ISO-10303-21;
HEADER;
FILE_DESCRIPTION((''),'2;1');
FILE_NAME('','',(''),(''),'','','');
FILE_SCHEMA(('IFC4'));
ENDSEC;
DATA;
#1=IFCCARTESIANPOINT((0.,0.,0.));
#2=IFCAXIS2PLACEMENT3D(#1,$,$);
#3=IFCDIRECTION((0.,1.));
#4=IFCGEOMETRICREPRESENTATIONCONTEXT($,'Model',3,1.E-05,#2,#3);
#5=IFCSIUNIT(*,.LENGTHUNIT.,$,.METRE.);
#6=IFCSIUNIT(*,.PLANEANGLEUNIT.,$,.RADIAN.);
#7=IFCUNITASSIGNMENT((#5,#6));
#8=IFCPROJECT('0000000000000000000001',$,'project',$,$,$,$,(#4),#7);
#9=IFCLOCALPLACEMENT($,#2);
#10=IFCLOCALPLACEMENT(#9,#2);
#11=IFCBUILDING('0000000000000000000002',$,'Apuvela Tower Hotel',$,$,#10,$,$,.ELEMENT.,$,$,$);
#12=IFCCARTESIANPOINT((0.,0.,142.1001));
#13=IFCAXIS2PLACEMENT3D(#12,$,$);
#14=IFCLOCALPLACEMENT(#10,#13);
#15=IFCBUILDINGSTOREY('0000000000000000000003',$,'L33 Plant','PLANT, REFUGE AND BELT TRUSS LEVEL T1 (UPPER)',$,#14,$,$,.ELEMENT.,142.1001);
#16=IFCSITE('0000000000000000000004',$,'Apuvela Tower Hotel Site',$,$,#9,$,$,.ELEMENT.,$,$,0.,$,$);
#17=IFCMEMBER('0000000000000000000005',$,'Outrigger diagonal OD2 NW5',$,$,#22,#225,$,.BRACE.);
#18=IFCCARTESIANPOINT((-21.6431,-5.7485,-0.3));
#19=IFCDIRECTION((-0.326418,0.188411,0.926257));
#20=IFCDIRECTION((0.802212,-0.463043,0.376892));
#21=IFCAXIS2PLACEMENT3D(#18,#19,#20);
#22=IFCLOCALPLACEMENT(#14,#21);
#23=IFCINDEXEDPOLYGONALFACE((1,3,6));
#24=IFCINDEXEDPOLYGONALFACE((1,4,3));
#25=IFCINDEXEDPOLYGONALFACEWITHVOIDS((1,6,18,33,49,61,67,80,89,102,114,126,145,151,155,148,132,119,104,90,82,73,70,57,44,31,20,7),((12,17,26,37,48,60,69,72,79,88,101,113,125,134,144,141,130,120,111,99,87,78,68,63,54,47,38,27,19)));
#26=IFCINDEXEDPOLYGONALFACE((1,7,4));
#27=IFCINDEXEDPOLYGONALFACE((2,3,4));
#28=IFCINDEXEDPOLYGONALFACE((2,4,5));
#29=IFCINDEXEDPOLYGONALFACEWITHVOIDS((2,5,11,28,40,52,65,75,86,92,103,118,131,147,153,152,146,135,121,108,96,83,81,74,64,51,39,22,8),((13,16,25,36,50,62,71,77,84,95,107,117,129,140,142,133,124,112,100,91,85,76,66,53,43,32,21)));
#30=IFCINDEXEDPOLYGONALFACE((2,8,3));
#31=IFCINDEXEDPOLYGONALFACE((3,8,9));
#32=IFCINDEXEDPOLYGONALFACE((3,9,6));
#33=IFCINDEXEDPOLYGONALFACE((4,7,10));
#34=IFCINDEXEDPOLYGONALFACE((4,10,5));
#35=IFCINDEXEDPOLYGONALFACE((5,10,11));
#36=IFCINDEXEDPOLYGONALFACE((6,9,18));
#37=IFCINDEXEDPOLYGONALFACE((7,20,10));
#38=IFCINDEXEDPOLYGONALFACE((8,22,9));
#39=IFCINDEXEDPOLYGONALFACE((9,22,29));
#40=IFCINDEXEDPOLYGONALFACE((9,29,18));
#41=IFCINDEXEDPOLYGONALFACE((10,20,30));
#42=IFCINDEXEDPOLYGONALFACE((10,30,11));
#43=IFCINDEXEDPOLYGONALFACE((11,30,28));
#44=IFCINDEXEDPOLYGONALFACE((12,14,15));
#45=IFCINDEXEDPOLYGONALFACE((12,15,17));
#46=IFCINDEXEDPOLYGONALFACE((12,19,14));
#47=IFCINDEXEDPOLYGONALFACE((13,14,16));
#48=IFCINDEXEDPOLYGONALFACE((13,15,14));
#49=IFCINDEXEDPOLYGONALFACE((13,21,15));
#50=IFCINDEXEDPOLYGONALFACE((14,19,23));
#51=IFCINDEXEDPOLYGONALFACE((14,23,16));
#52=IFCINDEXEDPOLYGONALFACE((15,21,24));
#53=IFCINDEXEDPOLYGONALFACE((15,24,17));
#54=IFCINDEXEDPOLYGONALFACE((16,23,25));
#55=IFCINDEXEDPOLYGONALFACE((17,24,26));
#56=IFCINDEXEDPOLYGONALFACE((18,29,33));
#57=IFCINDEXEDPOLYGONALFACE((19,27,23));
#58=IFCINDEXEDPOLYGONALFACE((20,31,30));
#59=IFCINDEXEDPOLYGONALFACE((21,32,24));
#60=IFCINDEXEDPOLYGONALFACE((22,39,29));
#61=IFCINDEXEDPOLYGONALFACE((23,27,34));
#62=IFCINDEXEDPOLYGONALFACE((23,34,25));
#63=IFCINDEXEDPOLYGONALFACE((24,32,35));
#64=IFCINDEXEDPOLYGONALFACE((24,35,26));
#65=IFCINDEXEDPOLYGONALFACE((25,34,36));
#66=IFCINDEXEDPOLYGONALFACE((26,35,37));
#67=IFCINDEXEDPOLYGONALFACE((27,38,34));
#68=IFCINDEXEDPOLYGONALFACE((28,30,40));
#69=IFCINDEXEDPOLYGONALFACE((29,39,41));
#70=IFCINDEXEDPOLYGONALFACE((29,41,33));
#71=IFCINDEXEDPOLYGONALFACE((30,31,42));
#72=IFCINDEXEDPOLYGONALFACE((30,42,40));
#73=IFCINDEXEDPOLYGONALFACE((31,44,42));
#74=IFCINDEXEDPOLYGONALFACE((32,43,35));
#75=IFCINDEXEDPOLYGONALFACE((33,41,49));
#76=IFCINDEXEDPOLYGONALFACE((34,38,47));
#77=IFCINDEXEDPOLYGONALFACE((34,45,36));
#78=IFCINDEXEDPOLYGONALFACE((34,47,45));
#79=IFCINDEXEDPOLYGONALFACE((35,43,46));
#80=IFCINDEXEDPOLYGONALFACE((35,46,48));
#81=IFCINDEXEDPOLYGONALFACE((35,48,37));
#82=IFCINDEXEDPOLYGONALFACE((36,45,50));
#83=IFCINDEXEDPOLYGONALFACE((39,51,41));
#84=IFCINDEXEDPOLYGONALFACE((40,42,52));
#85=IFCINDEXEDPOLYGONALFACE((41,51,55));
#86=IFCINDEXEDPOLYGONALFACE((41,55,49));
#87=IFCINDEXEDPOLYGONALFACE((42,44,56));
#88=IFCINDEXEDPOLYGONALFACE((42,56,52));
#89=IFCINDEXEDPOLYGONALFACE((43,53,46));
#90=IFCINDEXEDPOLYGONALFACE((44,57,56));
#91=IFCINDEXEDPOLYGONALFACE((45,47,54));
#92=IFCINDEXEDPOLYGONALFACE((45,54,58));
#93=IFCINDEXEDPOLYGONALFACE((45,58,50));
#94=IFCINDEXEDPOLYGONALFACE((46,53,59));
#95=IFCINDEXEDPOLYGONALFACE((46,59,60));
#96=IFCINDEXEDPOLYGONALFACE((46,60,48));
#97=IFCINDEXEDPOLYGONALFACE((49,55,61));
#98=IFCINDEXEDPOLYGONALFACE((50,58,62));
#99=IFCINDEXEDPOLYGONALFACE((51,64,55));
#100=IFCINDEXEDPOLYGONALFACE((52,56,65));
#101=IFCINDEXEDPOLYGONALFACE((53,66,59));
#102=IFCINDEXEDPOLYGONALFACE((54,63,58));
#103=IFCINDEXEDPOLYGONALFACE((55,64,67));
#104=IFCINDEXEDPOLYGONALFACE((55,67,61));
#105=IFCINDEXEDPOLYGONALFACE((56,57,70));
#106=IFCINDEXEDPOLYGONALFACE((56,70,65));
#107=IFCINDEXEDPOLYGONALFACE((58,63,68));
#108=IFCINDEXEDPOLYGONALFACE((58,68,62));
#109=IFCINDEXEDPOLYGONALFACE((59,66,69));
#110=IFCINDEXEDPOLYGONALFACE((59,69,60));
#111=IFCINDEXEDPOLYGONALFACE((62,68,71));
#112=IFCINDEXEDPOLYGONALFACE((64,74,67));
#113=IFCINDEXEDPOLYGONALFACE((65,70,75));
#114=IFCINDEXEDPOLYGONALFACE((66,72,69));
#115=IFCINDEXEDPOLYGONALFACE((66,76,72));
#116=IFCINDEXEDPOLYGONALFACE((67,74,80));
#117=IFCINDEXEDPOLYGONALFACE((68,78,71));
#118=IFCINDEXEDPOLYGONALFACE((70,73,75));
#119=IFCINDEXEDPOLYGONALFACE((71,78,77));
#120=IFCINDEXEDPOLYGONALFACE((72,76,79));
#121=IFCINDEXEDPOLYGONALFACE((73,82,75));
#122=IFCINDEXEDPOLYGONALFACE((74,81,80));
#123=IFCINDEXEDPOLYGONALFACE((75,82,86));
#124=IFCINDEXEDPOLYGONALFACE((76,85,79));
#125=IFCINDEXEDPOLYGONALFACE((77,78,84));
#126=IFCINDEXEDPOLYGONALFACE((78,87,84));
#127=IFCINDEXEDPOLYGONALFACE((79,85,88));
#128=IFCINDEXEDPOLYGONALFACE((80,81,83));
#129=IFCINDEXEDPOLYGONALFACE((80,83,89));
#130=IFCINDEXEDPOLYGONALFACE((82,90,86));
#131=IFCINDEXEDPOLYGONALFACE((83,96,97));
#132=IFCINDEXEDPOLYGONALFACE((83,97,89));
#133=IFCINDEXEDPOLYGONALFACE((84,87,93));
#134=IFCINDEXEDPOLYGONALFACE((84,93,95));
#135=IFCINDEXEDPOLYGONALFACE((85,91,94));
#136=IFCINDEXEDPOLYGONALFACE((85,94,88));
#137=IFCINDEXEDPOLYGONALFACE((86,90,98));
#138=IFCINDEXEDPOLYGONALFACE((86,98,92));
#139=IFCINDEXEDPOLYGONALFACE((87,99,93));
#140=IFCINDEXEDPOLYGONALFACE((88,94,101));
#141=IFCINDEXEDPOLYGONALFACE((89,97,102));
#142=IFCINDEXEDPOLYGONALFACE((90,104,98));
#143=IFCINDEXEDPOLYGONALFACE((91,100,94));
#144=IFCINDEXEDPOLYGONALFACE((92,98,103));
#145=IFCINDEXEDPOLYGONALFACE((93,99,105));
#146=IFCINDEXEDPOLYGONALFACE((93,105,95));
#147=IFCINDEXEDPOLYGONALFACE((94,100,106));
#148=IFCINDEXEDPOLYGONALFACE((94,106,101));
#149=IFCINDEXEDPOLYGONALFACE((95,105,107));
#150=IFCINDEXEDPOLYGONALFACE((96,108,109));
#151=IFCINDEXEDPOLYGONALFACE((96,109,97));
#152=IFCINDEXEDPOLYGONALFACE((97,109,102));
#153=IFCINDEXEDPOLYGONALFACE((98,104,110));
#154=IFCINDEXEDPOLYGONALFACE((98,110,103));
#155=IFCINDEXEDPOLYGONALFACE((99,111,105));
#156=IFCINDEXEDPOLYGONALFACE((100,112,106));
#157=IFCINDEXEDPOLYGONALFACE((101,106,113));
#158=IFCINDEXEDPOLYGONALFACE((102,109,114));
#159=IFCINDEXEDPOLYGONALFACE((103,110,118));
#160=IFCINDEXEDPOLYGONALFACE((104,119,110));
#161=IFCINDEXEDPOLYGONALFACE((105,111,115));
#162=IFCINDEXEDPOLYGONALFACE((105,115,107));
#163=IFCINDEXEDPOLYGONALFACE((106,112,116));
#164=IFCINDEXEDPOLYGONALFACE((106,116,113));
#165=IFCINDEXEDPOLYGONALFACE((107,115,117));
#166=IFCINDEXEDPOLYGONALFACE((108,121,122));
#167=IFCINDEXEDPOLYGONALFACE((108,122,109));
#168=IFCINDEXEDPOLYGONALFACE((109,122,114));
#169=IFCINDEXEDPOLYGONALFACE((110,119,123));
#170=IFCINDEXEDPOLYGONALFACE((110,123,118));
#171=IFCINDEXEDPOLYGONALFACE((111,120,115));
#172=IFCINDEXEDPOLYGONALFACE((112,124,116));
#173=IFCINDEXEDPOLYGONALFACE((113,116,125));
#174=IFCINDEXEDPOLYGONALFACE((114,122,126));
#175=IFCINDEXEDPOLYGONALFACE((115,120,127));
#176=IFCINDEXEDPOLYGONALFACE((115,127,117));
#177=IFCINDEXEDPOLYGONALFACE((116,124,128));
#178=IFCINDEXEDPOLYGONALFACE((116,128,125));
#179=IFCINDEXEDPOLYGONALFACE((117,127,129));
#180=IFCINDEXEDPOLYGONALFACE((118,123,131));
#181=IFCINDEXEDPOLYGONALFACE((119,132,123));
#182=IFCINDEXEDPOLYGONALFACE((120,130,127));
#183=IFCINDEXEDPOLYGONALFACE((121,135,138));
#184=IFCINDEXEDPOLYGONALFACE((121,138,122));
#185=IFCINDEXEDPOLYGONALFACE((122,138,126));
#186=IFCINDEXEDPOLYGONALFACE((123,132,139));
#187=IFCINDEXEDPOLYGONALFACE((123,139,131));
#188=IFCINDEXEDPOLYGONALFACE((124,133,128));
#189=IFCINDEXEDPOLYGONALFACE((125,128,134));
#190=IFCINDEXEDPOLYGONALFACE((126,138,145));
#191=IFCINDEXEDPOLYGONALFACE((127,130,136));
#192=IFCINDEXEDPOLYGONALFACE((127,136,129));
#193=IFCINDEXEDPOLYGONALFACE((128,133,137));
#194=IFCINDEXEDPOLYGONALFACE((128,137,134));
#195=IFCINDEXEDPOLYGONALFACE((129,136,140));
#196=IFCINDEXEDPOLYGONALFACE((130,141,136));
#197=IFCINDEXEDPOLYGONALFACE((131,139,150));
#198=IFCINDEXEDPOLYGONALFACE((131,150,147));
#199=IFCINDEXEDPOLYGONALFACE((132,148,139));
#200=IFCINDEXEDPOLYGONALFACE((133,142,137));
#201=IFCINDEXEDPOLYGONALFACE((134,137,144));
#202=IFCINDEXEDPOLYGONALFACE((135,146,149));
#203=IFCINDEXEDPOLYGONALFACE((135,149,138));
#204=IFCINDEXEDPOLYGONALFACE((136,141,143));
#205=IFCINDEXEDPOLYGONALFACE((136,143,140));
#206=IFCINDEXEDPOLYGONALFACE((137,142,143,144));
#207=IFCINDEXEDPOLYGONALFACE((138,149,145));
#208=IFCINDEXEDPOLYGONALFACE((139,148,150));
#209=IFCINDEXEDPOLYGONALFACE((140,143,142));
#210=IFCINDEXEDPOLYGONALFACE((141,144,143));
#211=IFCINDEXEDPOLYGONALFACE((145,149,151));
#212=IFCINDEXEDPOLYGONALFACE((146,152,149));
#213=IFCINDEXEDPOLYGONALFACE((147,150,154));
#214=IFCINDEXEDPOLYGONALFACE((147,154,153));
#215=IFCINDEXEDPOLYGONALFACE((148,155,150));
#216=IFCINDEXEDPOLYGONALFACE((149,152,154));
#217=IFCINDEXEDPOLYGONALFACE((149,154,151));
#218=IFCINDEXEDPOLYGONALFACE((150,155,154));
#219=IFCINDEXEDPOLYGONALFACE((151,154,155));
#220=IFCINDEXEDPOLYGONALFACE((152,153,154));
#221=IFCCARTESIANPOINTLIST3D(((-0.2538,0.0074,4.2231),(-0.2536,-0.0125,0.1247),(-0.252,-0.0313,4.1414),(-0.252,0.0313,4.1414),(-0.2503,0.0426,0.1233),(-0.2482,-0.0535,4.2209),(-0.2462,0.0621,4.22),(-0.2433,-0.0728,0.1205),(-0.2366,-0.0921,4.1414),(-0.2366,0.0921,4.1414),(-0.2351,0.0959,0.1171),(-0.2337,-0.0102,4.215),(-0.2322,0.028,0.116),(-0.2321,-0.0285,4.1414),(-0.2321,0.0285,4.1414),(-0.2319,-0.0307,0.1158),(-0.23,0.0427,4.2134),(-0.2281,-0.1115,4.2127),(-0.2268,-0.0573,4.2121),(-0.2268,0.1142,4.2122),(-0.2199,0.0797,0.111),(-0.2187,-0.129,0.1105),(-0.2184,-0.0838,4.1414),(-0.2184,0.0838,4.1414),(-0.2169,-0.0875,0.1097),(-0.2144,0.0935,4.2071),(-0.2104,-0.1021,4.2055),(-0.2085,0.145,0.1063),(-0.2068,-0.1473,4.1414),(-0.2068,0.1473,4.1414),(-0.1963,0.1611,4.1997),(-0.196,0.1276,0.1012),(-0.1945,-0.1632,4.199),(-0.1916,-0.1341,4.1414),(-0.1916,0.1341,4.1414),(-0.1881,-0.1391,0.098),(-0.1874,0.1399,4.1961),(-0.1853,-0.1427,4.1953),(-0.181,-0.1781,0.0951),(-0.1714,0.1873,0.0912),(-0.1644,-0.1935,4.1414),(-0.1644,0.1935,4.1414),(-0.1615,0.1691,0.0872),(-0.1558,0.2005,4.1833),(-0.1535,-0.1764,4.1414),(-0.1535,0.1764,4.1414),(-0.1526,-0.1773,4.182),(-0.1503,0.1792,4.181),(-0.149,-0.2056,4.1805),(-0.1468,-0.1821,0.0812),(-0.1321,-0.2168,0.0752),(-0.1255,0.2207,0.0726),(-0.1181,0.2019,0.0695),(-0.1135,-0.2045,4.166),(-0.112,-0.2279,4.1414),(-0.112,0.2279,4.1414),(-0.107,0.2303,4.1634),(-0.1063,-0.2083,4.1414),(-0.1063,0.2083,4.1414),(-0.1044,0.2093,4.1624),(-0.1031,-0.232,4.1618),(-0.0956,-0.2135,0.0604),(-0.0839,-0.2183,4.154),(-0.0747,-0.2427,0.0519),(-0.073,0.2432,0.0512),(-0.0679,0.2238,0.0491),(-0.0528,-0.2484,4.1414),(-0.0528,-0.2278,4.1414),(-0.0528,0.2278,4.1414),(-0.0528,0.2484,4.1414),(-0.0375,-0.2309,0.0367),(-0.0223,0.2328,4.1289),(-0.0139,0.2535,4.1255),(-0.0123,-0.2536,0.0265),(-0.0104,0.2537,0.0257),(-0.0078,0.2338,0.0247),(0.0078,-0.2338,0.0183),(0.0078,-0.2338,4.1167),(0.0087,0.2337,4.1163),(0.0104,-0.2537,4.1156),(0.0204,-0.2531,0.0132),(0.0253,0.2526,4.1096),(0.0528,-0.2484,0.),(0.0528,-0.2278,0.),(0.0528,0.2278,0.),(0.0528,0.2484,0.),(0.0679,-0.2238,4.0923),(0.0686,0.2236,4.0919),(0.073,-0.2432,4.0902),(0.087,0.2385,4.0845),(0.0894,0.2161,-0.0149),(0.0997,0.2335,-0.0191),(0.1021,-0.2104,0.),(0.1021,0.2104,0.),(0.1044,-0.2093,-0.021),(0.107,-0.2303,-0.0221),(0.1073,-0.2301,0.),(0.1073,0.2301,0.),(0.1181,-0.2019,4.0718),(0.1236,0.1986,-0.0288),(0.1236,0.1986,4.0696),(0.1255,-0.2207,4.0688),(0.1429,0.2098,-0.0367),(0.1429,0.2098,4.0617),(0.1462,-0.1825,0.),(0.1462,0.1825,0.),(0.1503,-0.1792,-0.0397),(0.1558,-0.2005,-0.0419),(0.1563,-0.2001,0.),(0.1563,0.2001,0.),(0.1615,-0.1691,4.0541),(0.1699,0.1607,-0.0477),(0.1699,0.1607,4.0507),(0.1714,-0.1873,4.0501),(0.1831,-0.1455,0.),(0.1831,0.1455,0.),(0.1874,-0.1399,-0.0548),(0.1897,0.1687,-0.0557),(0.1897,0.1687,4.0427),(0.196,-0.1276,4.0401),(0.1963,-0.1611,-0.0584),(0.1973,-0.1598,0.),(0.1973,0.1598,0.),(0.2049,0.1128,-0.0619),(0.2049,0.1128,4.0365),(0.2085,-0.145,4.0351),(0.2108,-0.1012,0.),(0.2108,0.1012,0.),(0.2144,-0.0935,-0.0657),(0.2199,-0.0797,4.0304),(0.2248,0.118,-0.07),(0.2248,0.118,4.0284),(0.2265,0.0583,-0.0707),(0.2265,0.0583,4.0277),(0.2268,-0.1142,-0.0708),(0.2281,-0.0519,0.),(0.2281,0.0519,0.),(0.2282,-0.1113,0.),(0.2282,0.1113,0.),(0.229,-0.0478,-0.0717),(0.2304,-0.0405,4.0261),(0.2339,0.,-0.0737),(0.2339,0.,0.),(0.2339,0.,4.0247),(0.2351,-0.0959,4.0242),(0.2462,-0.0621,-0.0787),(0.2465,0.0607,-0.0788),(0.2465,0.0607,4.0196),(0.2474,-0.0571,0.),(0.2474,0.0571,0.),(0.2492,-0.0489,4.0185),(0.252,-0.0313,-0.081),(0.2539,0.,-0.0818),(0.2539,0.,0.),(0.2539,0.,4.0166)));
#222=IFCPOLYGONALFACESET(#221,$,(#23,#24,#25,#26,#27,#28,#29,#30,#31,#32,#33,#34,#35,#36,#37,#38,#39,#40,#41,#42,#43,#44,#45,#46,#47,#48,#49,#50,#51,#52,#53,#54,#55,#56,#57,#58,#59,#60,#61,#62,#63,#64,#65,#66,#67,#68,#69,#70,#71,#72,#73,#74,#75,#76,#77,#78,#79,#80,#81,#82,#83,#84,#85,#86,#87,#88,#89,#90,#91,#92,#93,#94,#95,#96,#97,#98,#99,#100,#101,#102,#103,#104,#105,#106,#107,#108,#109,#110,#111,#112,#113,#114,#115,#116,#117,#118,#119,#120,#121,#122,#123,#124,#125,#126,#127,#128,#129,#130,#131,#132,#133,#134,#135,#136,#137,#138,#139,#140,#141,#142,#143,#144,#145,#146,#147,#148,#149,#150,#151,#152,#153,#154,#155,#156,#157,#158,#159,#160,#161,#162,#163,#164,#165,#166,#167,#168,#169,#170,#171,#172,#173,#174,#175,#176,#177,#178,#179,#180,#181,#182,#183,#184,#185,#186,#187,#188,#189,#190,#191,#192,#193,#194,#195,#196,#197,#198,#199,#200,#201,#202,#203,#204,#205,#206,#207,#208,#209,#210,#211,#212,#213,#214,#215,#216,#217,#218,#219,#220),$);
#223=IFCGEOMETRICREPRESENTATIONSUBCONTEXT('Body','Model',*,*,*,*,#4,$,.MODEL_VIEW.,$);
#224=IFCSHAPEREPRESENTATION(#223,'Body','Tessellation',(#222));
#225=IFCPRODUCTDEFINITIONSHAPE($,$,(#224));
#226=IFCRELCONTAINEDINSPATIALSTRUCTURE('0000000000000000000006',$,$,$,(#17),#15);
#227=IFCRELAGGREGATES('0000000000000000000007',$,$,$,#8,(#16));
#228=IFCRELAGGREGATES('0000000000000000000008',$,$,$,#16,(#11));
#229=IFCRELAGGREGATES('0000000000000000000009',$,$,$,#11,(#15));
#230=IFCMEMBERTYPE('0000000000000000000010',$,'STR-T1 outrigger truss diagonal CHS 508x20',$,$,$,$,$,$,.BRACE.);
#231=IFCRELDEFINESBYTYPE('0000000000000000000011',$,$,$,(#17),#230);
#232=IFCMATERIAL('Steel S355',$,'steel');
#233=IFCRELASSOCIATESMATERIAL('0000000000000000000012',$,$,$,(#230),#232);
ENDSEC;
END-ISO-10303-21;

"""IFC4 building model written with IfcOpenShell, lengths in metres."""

from ifc_helpers import new_model, si_unit, direction, frame, origin, origin_2d, place, context, subcontext, project, spatial, hollow_circle, extrude, boolean, halfspace, material, material_profile, profile_set, type_object, element, save


model = new_model("IFC4")

# Units and contexts
model_context = context("Model", 3, precision=1e-05, world=origin(), true_north=direction((0.0, 1.0)))
body_context = subcontext(model_context, "Body", "Model", "MODEL_VIEW")
ifc_project = project(units=[si_unit("LENGTHUNIT", "METRE"), si_unit("PLANEANGLEUNIT", "RADIAN")], contexts=[model_context])

# Site, building, storey
site_placement = place(None, origin())
site = spatial("IfcSite", under=ifc_project, at=site_placement, Name="Apuvela Tower Hotel Site", CompositionType="ELEMENT", RefElevation=0.0)
building_placement = place(site_placement, origin())
building = spatial("IfcBuilding", under=site, at=building_placement, Name="Apuvela Tower Hotel", CompositionType="ELEMENT")
storey_placement = place(building_placement, frame((0.0, 0.0, 142.1001)))
storey = spatial("IfcBuildingStorey", under=building, at=storey_placement, Name="L33 Plant", Description="PLANT, REFUGE AND BELT TRUSS LEVEL T1 (UPPER)", CompositionType="ELEMENT", Elevation=142.1001)

# Shared definitions
ifc_material_1 = material(Name="Steel S355", Category="steel")

# Member
ifc_material_profile_1 = material_profile(ifc_material_1, hollow_circle(Radius=0.2539, WallThickness=0.02, at=origin_2d()), Name="CHS 508x20")
ifc_profile_set_1 = profile_set([ifc_material_profile_1], Name="Steel S355")
member_type = type_object("IfcMemberType", Name="STR-T1 outrigger truss diagonal CHS 508x20", PredefinedType="BRACE", material=ifc_profile_set_1)
member_placement = place(storey_placement, frame((-21.6431, -5.7485, -0.3), z_axis=(-0.326418, 0.188411, 0.926257), x_axis=(0.802212, -0.463043, 0.376892)))
solid = boolean("DIFFERENCE", boolean("DIFFERENCE", extrude(hollow_circle(Radius=0.2539, WallThickness=0.02, at=origin_2d()), frame((0.0, 0.0, -0.2234)), (0.0, 0.0, 1.0), 4.5879), halfspace(frame((0.0, 0.0, 0.0215), z_axis=(0.376892, 0.0, 0.926257), x_axis=(0.926257, 0.0, -0.376892)), True)), halfspace(frame((0.0, 0.0, 4.1199), z_axis=(0.376892, 0.0, 0.926257), x_axis=(0.926257, 0.0, -0.376892)), False))
element("IfcMember", 1, at=member_placement, inside=storey, type_object=member_type, Name="Outrigger diagonal OD2 NW5", PredefinedType="BRACE", context=body_context, shape_type="SweptSolid", body=[
    boolean("UNION", boolean("DIFFERENCE", boolean("DIFFERENCE", extrude(hollow_circle(Radius=0.2539, WallThickness=0.02, at=origin_2d()), origin(), (0.0, 0.0, 1.0), 4.1414), halfspace(frame((0.0, 0.0, 0.0215), z_axis=(0.376892, 0.0, 0.926257), x_axis=(0.926257, 0.0, -0.376892)), True)), halfspace(frame((0.0, 0.0, 4.1199), z_axis=(0.376892, 0.0, 0.926257), x_axis=(0.926257, 0.0, -0.376892)), False)), solid),
])

save(model, "model.ifc")
